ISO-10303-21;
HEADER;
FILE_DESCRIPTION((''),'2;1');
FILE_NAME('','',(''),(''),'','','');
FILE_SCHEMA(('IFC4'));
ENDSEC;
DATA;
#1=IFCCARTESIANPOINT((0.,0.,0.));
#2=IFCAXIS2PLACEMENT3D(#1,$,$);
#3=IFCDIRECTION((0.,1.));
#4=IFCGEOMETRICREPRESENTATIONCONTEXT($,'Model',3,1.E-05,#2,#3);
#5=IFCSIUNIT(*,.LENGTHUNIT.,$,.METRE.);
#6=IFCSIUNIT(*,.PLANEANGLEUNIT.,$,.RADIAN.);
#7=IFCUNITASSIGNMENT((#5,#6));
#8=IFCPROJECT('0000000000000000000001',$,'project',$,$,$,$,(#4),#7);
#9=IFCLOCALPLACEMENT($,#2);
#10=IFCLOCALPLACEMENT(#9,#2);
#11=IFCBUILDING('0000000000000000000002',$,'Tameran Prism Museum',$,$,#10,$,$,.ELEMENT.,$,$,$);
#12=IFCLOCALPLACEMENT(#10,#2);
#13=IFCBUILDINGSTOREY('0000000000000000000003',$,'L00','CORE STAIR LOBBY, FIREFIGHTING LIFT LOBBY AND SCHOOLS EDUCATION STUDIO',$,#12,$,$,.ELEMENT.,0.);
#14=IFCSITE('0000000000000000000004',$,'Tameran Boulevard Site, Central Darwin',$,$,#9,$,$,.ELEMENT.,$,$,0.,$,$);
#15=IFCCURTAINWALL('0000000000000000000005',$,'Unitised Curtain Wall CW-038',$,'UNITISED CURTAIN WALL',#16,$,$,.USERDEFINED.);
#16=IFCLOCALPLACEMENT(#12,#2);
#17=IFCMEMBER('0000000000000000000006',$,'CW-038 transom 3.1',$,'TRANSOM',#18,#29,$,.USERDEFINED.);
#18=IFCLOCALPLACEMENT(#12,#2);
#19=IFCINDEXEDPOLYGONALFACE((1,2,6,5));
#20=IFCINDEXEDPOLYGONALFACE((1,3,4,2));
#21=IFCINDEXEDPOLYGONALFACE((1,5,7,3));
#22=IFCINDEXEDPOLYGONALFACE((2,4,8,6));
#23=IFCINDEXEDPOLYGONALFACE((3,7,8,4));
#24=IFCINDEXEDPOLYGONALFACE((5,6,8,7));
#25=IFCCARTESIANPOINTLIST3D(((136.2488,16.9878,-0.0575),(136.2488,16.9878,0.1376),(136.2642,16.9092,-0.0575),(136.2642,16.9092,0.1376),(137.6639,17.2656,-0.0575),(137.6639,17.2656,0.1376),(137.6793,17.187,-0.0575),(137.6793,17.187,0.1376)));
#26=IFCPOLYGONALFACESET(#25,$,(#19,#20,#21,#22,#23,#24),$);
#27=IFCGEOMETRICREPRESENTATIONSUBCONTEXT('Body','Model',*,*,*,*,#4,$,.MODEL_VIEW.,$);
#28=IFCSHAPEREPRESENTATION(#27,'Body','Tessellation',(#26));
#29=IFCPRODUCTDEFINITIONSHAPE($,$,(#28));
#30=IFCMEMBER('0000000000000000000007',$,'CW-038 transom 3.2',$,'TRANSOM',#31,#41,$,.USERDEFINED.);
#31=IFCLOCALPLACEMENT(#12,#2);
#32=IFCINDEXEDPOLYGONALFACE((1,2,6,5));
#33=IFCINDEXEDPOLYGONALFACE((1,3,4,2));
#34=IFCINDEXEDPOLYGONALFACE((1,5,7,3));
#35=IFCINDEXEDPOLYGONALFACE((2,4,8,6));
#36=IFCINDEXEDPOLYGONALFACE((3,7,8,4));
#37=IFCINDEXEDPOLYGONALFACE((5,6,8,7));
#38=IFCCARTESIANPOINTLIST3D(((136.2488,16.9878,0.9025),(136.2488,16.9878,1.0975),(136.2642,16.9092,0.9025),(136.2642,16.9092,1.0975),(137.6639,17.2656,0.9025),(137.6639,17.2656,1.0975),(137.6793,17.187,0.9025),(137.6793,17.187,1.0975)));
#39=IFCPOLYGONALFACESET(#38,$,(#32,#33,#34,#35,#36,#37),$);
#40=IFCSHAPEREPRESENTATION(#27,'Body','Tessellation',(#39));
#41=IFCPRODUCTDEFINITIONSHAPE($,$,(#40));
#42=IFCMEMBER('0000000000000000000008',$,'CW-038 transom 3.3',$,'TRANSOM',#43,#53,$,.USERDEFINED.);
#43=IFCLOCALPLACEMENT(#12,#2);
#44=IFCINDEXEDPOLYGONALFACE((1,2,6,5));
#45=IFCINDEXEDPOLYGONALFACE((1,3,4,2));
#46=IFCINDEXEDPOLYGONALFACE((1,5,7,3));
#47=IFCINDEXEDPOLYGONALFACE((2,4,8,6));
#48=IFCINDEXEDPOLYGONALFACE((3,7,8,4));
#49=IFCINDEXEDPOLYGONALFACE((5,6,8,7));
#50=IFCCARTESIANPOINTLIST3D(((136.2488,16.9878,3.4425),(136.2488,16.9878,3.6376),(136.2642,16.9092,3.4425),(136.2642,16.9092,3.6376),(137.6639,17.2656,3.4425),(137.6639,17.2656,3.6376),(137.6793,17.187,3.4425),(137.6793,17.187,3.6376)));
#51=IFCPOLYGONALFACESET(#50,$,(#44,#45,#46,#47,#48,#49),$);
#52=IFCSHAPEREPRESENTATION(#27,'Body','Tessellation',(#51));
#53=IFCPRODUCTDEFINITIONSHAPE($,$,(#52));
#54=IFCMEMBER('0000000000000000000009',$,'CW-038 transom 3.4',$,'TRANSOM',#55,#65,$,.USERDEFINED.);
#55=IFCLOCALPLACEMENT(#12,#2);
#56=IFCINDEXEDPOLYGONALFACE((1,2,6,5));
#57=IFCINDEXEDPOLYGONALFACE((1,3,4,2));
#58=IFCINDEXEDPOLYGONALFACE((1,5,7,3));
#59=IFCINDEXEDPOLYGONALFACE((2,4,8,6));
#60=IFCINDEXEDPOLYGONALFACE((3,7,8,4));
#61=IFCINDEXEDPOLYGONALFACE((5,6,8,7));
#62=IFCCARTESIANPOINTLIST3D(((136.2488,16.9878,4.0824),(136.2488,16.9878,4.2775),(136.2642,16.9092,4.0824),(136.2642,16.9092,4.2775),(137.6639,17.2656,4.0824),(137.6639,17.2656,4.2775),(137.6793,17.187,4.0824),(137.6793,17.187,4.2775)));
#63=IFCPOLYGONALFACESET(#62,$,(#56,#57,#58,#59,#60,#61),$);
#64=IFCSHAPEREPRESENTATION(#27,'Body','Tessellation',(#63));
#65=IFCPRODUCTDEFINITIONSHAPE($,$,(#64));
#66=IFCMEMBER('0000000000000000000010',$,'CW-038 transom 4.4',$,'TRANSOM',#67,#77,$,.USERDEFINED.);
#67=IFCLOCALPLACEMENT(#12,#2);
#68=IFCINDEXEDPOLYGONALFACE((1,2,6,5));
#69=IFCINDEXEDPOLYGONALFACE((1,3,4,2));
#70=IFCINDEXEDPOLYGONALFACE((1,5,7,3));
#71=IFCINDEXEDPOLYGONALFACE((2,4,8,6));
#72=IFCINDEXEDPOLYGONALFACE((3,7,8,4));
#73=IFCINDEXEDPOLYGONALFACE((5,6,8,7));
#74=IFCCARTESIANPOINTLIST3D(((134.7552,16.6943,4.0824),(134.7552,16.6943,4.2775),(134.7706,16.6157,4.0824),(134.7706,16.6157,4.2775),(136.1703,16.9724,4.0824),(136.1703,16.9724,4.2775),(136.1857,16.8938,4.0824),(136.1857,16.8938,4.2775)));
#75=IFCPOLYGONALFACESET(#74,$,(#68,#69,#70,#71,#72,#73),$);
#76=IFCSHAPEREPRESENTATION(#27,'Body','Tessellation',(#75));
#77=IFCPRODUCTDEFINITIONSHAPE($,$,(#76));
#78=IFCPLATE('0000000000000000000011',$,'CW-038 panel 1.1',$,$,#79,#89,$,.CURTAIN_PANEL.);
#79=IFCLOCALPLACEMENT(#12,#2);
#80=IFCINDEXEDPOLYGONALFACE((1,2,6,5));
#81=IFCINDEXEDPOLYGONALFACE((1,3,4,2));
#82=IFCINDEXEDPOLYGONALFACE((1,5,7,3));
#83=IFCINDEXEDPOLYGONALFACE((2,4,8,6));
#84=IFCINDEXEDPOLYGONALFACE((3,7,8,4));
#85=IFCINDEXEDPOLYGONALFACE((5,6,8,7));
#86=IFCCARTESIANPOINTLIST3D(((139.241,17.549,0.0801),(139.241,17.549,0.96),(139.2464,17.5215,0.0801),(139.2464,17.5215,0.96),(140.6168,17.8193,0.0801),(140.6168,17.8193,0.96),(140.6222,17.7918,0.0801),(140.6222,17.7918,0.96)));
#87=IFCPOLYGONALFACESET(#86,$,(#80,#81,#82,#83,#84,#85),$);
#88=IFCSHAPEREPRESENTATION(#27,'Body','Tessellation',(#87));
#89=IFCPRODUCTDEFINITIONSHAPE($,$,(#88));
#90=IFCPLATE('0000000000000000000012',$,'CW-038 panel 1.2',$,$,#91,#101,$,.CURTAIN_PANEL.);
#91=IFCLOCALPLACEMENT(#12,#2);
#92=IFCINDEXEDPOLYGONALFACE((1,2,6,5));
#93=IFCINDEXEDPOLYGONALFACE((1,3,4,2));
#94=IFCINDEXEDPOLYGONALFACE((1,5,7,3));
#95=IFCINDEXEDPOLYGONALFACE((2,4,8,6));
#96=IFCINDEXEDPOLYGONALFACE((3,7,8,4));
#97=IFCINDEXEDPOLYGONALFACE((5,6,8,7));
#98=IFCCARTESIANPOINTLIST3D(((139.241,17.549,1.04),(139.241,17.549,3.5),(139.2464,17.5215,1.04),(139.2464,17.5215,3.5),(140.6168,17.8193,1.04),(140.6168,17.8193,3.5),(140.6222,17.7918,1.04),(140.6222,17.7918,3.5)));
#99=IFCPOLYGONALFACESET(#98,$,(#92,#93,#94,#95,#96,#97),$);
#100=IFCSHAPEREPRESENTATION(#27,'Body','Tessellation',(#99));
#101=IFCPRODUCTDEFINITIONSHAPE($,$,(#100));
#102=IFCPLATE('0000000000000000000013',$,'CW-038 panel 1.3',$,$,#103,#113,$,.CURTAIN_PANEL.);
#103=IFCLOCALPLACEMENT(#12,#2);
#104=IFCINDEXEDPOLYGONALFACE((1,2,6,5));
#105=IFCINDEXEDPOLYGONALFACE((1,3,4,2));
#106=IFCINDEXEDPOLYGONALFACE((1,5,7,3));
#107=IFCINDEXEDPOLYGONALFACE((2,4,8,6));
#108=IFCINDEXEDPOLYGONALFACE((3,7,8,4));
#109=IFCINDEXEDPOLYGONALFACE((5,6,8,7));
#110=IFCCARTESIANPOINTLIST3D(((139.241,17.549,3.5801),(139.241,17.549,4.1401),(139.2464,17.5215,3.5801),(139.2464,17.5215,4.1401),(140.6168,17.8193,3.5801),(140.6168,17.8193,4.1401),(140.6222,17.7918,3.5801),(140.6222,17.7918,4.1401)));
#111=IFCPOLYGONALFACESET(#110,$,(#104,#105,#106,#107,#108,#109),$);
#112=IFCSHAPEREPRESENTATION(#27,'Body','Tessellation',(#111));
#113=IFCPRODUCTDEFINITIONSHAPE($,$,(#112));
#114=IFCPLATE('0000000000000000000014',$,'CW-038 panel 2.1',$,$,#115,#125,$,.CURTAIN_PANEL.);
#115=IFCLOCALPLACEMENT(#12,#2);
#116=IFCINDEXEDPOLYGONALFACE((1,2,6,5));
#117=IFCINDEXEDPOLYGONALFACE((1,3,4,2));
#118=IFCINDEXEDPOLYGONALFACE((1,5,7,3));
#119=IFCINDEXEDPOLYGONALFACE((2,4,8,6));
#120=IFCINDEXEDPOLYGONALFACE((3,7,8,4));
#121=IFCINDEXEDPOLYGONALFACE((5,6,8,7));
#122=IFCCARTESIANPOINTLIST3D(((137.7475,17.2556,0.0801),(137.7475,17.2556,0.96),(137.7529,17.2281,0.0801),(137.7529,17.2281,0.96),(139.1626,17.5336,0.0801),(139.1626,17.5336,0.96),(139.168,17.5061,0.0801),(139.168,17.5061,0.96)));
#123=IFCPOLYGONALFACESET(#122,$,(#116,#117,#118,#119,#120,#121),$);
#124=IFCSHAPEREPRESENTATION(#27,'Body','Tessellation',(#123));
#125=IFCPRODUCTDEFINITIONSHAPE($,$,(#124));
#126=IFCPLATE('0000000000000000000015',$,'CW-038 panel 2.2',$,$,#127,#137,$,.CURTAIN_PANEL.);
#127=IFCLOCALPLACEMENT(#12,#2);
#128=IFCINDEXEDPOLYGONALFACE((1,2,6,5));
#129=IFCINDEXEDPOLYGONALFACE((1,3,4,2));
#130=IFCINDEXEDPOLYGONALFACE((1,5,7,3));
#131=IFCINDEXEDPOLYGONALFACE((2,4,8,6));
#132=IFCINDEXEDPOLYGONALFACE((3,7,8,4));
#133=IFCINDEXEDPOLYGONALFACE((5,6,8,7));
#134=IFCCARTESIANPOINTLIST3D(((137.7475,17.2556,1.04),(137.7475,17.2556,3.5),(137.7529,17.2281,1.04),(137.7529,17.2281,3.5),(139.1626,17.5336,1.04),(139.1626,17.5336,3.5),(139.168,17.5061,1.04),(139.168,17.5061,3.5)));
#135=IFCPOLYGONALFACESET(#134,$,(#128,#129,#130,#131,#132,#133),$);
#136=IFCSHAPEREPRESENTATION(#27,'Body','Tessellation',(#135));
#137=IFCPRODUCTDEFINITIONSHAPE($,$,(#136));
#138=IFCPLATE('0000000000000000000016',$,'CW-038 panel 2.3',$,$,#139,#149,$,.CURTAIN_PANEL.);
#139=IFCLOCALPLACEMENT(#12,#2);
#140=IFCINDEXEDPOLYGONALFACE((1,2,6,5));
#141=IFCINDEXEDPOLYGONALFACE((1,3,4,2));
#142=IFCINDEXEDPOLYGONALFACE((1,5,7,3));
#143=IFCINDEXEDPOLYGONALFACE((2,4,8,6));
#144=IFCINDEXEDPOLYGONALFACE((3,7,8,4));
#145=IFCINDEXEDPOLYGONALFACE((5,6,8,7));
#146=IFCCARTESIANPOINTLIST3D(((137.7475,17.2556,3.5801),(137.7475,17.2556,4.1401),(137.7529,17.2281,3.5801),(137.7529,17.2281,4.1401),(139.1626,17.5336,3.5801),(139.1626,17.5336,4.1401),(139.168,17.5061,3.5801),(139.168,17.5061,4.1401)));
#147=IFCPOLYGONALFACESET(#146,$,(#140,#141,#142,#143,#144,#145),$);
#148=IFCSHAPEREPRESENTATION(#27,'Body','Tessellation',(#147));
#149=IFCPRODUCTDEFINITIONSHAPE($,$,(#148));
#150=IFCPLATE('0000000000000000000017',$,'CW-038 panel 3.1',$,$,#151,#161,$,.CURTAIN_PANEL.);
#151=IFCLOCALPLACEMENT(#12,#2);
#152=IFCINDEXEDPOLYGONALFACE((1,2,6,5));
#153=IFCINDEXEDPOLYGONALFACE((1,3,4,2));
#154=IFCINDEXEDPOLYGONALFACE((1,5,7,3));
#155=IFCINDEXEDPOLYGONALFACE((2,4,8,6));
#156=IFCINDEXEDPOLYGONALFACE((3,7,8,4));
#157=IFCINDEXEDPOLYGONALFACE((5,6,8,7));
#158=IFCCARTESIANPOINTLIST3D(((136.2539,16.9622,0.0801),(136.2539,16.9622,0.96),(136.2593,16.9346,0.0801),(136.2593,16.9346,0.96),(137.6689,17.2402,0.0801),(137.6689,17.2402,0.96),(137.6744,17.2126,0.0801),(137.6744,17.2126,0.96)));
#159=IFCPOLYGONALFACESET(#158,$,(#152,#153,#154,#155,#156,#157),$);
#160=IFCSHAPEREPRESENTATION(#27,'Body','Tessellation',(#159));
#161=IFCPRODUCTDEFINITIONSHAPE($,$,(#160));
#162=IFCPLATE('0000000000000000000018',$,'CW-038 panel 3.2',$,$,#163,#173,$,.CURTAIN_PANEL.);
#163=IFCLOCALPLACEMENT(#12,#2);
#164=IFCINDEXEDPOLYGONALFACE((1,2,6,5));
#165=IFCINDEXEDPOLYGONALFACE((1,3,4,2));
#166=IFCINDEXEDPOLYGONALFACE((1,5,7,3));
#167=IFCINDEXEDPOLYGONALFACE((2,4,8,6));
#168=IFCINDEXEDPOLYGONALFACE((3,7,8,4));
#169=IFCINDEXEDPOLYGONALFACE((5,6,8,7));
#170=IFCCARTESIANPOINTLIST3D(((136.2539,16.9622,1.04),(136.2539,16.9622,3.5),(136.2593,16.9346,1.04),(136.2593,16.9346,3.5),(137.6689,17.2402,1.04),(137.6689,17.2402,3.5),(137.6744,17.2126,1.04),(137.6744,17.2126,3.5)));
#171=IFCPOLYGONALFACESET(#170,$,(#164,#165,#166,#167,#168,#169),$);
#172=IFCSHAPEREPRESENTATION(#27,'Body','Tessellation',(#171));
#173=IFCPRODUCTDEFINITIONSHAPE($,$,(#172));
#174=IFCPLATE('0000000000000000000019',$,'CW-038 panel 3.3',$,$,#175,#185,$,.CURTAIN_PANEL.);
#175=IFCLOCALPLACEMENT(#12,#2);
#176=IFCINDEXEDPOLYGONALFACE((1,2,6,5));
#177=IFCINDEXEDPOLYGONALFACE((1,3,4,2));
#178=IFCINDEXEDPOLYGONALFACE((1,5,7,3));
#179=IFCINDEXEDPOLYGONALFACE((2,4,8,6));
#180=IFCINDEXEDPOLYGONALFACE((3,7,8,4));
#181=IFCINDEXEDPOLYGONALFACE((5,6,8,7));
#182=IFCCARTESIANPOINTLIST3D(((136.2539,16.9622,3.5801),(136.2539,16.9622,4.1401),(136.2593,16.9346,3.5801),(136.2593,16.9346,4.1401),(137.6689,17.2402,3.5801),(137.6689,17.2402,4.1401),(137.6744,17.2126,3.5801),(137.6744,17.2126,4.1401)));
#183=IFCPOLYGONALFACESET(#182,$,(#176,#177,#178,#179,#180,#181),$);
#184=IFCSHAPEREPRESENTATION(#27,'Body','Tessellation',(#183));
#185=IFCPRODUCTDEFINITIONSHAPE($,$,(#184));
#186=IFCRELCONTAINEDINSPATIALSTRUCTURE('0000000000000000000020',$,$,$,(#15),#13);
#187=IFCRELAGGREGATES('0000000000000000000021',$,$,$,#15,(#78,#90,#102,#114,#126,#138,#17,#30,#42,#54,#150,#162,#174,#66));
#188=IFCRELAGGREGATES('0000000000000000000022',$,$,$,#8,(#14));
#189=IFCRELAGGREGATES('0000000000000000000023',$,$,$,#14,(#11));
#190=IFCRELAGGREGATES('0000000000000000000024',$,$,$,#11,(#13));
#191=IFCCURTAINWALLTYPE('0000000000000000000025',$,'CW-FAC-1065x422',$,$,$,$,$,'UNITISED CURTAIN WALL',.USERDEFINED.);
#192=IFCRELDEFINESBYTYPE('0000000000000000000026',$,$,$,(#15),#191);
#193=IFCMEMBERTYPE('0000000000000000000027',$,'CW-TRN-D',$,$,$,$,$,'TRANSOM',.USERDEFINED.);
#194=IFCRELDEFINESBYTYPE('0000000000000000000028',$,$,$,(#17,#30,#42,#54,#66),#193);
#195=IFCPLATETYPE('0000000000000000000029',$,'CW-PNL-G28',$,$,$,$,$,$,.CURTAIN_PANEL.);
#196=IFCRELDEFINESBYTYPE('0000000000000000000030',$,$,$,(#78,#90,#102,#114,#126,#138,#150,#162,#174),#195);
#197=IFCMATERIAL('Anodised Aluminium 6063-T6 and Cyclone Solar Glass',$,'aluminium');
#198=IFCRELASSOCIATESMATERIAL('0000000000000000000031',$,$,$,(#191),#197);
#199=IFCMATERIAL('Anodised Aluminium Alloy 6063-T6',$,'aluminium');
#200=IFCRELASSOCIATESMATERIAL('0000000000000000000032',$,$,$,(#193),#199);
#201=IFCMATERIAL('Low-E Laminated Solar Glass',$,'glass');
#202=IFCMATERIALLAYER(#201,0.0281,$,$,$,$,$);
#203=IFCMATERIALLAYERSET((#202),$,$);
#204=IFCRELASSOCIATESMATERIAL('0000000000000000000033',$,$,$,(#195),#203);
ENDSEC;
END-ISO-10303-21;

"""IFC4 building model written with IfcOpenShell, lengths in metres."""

from ifc_helpers import new_model, si_unit, direction, frame, origin, origin_2d, place, context, subcontext, project, spatial, rectangle, extrude, material, layer, layer_set, material_profile, profile_set, type_object, element, aggregate, save


model = new_model("IFC4")

# Units and contexts
model_context = context("Model", 3, precision=1e-05, world=origin(), true_north=direction((0.0, 1.0)))
body_context = subcontext(model_context, "Body", "Model", "MODEL_VIEW")
ifc_project = project(units=[si_unit("LENGTHUNIT", "METRE"), si_unit("PLANEANGLEUNIT", "RADIAN")], contexts=[model_context])

# Site, building, storey
site_placement = place(None, origin())
site = spatial("IfcSite", under=ifc_project, at=site_placement, Name="Tameran Boulevard Site, Central Darwin", CompositionType="ELEMENT", RefElevation=0.0)
building_placement = place(site_placement, origin())
building = spatial("IfcBuilding", under=site, at=building_placement, Name="Tameran Prism Museum", CompositionType="ELEMENT")
storey_placement = place(building_placement, origin())
storey = spatial("IfcBuildingStorey", under=building, at=storey_placement, Name="L00", Description="CORE STAIR LOBBY, FIREFIGHTING LIFT LOBBY AND SCHOOLS EDUCATION STUDIO", CompositionType="ELEMENT", Elevation=0.0)

# Curtain wall, members, plates
ifc_material_1 = material(Name="Anodised Aluminium 6063-T6 and Cyclone Solar Glass", Category="aluminium")
curtain_wall_type = type_object("IfcCurtainWallType", Name="CW-FAC-1065x422", ElementType="UNITISED CURTAIN WALL", PredefinedType="USERDEFINED", material=ifc_material_1)
curtain_wall_placement = place(storey_placement, origin())
curtain_wall = element("IfcCurtainWall", 1, at=curtain_wall_placement, inside=storey, type_object=curtain_wall_type, Name="Unitised Curtain Wall CW-038", ObjectType="UNITISED CURTAIN WALL", PredefinedType="USERDEFINED")
ifc_material_2 = material(Name="Anodised Aluminium Alloy 6063-T6", Category="aluminium")
ifc_material_profile_1 = material_profile(ifc_material_2, rectangle(XDim=0.0801, YDim=0.1951, at=origin_2d()))
ifc_profile_set_1 = profile_set([ifc_material_profile_1])
member_type_1 = type_object("IfcMemberType", Name="CW-TRN-D", ElementType="TRANSOM", PredefinedType="USERDEFINED", material=ifc_profile_set_1)
member_1_placement = place(storey_placement, frame((137.6716, 17.2263, 0.04), z_axis=(-0.981265, -0.192664, 0.0), x_axis=(0.192664, -0.981265, 0.0)))
member_1 = element("IfcMember", 2, at=member_1_placement, type_object=member_type_1, Name="CW-038 transom 3.1", ObjectType="TRANSOM", PredefinedType="USERDEFINED", context=body_context, shape_type="SweptSolid", body=[
    extrude(rectangle(XDim=0.0801, YDim=0.1951, at=origin_2d()), origin(), (0.0, 0.0, 1.0), 1.4421),
])
member_2_placement = place(storey_placement, frame((137.6716, 17.2263, 1.0), z_axis=(-0.981265, -0.192664, 0.0), x_axis=(0.192664, -0.981265, 0.0)))
member_2 = element("IfcMember", 3, at=member_2_placement, type_object=member_type_1, Name="CW-038 transom 3.2", ObjectType="TRANSOM", PredefinedType="USERDEFINED", context=body_context, shape_type="SweptSolid", body=[
    extrude(rectangle(XDim=0.0801, YDim=0.1951, at=origin_2d()), origin(), (0.0, 0.0, 1.0), 1.4421),
])
member_3_placement = place(storey_placement, frame((137.6716, 17.2263, 3.54), z_axis=(-0.981265, -0.192664, 0.0), x_axis=(0.192664, -0.981265, 0.0)))
member_3 = element("IfcMember", 4, at=member_3_placement, type_object=member_type_1, Name="CW-038 transom 3.3", ObjectType="TRANSOM", PredefinedType="USERDEFINED", context=body_context, shape_type="SweptSolid", body=[
    extrude(rectangle(XDim=0.0801, YDim=0.1951, at=origin_2d()), origin(), (0.0, 0.0, 1.0), 1.4421),
])
member_4_placement = place(storey_placement, frame((137.6716, 17.2263, 4.1799), z_axis=(-0.981265, -0.192664, 0.0), x_axis=(0.192664, -0.981265, 0.0)))
member_4 = element("IfcMember", 5, at=member_4_placement, type_object=member_type_1, Name="CW-038 transom 3.4", ObjectType="TRANSOM", PredefinedType="USERDEFINED", context=body_context, shape_type="SweptSolid", body=[
    extrude(rectangle(XDim=0.0801, YDim=0.1951, at=origin_2d()), origin(), (0.0, 0.0, 1.0), 1.4421),
])
member_5_placement = place(storey_placement, frame((136.178, 16.9331, 4.1799), z_axis=(-0.981233, -0.192827, 0.0), x_axis=(0.192827, -0.981233, 0.0)))
member_5 = element("IfcMember", 6, at=member_5_placement, type_object=member_type_1, Name="CW-038 transom 4.4", ObjectType="TRANSOM", PredefinedType="USERDEFINED", context=body_context, shape_type="SweptSolid", body=[
    extrude(rectangle(XDim=0.0801, YDim=0.1951, at=origin_2d()), origin(), (0.0, 0.0, 1.0), 1.4421),
])
ifc_material_3 = material(Name="Low-E Laminated Solar Glass", Category="glass")
ifc_layer = layer(ifc_material_3, 0.0281)
ifc_layer_set = layer_set([ifc_layer])
plate_type = type_object("IfcPlateType", Name="CW-PNL-G28", PredefinedType="CURTAIN_PANEL", material=ifc_layer_set)
plate_1_placement = place(storey_placement, frame((139.9316, 17.6704, 0.0801), z_axis=(0.0, 0.0, 1.0), x_axis=(-0.981243, -0.192776, 0.0)))
plate_1 = element("IfcPlate", 7, at=plate_1_placement, type_object=plate_type, Name="CW-038 panel 1.1", PredefinedType="CURTAIN_PANEL", context=body_context, shape_type="SweptSolid", body=[
    extrude(rectangle(XDim=1.4021, YDim=0.0281, at=origin_2d()), origin(), (0.0, 0.0, 1.0), 0.8799),
])
plate_2_placement = place(storey_placement, frame((139.9316, 17.6704, 1.04), z_axis=(0.0, 0.0, 1.0), x_axis=(-0.981243, -0.192776, 0.0)))
plate_2 = element("IfcPlate", 8, at=plate_2_placement, type_object=plate_type, Name="CW-038 panel 1.2", PredefinedType="CURTAIN_PANEL", context=body_context, shape_type="SweptSolid", body=[
    extrude(rectangle(XDim=1.4021, YDim=0.0281, at=origin_2d()), origin(), (0.0, 0.0, 1.0), 2.46),
])
plate_3_placement = place(storey_placement, frame((139.9316, 17.6704, 3.5801), z_axis=(0.0, 0.0, 1.0), x_axis=(-0.981243, -0.192776, 0.0)))
plate_3 = element("IfcPlate", 9, at=plate_3_placement, type_object=plate_type, Name="CW-038 panel 1.3", PredefinedType="CURTAIN_PANEL", context=body_context, shape_type="SweptSolid", body=[
    extrude(rectangle(XDim=1.4021, YDim=0.0281, at=origin_2d()), origin(), (0.0, 0.0, 1.0), 0.5601),
])
plate_4_placement = place(storey_placement, frame((138.4578, 17.3809, 0.0801), z_axis=(0.0, 0.0, 1.0), x_axis=(-0.981243, -0.192776, 0.0)))
plate_4 = element("IfcPlate", 10, at=plate_4_placement, type_object=plate_type, Name="CW-038 panel 2.1", PredefinedType="CURTAIN_PANEL", context=body_context, shape_type="SweptSolid", body=[
    extrude(rectangle(XDim=1.4421, YDim=0.0281, at=origin_2d()), origin(), (0.0, 0.0, 1.0), 0.8799),
])
plate_5_placement = place(storey_placement, frame((138.4578, 17.3809, 1.04), z_axis=(0.0, 0.0, 1.0), x_axis=(-0.981243, -0.192776, 0.0)))
plate_5 = element("IfcPlate", 11, at=plate_5_placement, type_object=plate_type, Name="CW-038 panel 2.2", PredefinedType="CURTAIN_PANEL", context=body_context, shape_type="SweptSolid", body=[
    extrude(rectangle(XDim=1.4421, YDim=0.0281, at=origin_2d()), origin(), (0.0, 0.0, 1.0), 2.46),
])
plate_6_placement = place(storey_placement, frame((138.4578, 17.3809, 3.5801), z_axis=(0.0, 0.0, 1.0), x_axis=(-0.981243, -0.192776, 0.0)))
plate_6 = element("IfcPlate", 12, at=plate_6_placement, type_object=plate_type, Name="CW-038 panel 2.3", PredefinedType="CURTAIN_PANEL", context=body_context, shape_type="SweptSolid", body=[
    extrude(rectangle(XDim=1.4421, YDim=0.0281, at=origin_2d()), origin(), (0.0, 0.0, 1.0), 0.5601),
])
plate_7_placement = place(storey_placement, frame((136.9641, 17.0874, 0.0801), z_axis=(0.0, 0.0, 1.0), x_axis=(-0.981243, -0.192776, 0.0)))
plate_7 = element("IfcPlate", 13, at=plate_7_placement, type_object=plate_type, Name="CW-038 panel 3.1", PredefinedType="CURTAIN_PANEL", context=body_context, shape_type="SweptSolid", body=[
    extrude(rectangle(XDim=1.4421, YDim=0.0281, at=origin_2d()), origin(), (0.0, 0.0, 1.0), 0.8799),
])
plate_8_placement = place(storey_placement, frame((136.9641, 17.0874, 1.04), z_axis=(0.0, 0.0, 1.0), x_axis=(-0.981243, -0.192776, 0.0)))
plate_8 = element("IfcPlate", 14, at=plate_8_placement, type_object=plate_type, Name="CW-038 panel 3.2", PredefinedType="CURTAIN_PANEL", context=body_context, shape_type="SweptSolid", body=[
    extrude(rectangle(XDim=1.4421, YDim=0.0281, at=origin_2d()), origin(), (0.0, 0.0, 1.0), 2.46),
])
plate_9_placement = place(storey_placement, frame((136.9641, 17.0874, 3.5801), z_axis=(0.0, 0.0, 1.0), x_axis=(-0.981243, -0.192776, 0.0)))
plate_9 = element("IfcPlate", 15, at=plate_9_placement, type_object=plate_type, Name="CW-038 panel 3.3", PredefinedType="CURTAIN_PANEL", context=body_context, shape_type="SweptSolid", body=[
    extrude(rectangle(XDim=1.4421, YDim=0.0281, at=origin_2d()), origin(), (0.0, 0.0, 1.0), 0.5601),
])
aggregate(curtain_wall, [plate_1, plate_2, plate_3, plate_4, plate_5, plate_6, member_1, member_2, member_3, member_4, plate_7, plate_8, plate_9, member_5])

save(model, "model.ifc")
